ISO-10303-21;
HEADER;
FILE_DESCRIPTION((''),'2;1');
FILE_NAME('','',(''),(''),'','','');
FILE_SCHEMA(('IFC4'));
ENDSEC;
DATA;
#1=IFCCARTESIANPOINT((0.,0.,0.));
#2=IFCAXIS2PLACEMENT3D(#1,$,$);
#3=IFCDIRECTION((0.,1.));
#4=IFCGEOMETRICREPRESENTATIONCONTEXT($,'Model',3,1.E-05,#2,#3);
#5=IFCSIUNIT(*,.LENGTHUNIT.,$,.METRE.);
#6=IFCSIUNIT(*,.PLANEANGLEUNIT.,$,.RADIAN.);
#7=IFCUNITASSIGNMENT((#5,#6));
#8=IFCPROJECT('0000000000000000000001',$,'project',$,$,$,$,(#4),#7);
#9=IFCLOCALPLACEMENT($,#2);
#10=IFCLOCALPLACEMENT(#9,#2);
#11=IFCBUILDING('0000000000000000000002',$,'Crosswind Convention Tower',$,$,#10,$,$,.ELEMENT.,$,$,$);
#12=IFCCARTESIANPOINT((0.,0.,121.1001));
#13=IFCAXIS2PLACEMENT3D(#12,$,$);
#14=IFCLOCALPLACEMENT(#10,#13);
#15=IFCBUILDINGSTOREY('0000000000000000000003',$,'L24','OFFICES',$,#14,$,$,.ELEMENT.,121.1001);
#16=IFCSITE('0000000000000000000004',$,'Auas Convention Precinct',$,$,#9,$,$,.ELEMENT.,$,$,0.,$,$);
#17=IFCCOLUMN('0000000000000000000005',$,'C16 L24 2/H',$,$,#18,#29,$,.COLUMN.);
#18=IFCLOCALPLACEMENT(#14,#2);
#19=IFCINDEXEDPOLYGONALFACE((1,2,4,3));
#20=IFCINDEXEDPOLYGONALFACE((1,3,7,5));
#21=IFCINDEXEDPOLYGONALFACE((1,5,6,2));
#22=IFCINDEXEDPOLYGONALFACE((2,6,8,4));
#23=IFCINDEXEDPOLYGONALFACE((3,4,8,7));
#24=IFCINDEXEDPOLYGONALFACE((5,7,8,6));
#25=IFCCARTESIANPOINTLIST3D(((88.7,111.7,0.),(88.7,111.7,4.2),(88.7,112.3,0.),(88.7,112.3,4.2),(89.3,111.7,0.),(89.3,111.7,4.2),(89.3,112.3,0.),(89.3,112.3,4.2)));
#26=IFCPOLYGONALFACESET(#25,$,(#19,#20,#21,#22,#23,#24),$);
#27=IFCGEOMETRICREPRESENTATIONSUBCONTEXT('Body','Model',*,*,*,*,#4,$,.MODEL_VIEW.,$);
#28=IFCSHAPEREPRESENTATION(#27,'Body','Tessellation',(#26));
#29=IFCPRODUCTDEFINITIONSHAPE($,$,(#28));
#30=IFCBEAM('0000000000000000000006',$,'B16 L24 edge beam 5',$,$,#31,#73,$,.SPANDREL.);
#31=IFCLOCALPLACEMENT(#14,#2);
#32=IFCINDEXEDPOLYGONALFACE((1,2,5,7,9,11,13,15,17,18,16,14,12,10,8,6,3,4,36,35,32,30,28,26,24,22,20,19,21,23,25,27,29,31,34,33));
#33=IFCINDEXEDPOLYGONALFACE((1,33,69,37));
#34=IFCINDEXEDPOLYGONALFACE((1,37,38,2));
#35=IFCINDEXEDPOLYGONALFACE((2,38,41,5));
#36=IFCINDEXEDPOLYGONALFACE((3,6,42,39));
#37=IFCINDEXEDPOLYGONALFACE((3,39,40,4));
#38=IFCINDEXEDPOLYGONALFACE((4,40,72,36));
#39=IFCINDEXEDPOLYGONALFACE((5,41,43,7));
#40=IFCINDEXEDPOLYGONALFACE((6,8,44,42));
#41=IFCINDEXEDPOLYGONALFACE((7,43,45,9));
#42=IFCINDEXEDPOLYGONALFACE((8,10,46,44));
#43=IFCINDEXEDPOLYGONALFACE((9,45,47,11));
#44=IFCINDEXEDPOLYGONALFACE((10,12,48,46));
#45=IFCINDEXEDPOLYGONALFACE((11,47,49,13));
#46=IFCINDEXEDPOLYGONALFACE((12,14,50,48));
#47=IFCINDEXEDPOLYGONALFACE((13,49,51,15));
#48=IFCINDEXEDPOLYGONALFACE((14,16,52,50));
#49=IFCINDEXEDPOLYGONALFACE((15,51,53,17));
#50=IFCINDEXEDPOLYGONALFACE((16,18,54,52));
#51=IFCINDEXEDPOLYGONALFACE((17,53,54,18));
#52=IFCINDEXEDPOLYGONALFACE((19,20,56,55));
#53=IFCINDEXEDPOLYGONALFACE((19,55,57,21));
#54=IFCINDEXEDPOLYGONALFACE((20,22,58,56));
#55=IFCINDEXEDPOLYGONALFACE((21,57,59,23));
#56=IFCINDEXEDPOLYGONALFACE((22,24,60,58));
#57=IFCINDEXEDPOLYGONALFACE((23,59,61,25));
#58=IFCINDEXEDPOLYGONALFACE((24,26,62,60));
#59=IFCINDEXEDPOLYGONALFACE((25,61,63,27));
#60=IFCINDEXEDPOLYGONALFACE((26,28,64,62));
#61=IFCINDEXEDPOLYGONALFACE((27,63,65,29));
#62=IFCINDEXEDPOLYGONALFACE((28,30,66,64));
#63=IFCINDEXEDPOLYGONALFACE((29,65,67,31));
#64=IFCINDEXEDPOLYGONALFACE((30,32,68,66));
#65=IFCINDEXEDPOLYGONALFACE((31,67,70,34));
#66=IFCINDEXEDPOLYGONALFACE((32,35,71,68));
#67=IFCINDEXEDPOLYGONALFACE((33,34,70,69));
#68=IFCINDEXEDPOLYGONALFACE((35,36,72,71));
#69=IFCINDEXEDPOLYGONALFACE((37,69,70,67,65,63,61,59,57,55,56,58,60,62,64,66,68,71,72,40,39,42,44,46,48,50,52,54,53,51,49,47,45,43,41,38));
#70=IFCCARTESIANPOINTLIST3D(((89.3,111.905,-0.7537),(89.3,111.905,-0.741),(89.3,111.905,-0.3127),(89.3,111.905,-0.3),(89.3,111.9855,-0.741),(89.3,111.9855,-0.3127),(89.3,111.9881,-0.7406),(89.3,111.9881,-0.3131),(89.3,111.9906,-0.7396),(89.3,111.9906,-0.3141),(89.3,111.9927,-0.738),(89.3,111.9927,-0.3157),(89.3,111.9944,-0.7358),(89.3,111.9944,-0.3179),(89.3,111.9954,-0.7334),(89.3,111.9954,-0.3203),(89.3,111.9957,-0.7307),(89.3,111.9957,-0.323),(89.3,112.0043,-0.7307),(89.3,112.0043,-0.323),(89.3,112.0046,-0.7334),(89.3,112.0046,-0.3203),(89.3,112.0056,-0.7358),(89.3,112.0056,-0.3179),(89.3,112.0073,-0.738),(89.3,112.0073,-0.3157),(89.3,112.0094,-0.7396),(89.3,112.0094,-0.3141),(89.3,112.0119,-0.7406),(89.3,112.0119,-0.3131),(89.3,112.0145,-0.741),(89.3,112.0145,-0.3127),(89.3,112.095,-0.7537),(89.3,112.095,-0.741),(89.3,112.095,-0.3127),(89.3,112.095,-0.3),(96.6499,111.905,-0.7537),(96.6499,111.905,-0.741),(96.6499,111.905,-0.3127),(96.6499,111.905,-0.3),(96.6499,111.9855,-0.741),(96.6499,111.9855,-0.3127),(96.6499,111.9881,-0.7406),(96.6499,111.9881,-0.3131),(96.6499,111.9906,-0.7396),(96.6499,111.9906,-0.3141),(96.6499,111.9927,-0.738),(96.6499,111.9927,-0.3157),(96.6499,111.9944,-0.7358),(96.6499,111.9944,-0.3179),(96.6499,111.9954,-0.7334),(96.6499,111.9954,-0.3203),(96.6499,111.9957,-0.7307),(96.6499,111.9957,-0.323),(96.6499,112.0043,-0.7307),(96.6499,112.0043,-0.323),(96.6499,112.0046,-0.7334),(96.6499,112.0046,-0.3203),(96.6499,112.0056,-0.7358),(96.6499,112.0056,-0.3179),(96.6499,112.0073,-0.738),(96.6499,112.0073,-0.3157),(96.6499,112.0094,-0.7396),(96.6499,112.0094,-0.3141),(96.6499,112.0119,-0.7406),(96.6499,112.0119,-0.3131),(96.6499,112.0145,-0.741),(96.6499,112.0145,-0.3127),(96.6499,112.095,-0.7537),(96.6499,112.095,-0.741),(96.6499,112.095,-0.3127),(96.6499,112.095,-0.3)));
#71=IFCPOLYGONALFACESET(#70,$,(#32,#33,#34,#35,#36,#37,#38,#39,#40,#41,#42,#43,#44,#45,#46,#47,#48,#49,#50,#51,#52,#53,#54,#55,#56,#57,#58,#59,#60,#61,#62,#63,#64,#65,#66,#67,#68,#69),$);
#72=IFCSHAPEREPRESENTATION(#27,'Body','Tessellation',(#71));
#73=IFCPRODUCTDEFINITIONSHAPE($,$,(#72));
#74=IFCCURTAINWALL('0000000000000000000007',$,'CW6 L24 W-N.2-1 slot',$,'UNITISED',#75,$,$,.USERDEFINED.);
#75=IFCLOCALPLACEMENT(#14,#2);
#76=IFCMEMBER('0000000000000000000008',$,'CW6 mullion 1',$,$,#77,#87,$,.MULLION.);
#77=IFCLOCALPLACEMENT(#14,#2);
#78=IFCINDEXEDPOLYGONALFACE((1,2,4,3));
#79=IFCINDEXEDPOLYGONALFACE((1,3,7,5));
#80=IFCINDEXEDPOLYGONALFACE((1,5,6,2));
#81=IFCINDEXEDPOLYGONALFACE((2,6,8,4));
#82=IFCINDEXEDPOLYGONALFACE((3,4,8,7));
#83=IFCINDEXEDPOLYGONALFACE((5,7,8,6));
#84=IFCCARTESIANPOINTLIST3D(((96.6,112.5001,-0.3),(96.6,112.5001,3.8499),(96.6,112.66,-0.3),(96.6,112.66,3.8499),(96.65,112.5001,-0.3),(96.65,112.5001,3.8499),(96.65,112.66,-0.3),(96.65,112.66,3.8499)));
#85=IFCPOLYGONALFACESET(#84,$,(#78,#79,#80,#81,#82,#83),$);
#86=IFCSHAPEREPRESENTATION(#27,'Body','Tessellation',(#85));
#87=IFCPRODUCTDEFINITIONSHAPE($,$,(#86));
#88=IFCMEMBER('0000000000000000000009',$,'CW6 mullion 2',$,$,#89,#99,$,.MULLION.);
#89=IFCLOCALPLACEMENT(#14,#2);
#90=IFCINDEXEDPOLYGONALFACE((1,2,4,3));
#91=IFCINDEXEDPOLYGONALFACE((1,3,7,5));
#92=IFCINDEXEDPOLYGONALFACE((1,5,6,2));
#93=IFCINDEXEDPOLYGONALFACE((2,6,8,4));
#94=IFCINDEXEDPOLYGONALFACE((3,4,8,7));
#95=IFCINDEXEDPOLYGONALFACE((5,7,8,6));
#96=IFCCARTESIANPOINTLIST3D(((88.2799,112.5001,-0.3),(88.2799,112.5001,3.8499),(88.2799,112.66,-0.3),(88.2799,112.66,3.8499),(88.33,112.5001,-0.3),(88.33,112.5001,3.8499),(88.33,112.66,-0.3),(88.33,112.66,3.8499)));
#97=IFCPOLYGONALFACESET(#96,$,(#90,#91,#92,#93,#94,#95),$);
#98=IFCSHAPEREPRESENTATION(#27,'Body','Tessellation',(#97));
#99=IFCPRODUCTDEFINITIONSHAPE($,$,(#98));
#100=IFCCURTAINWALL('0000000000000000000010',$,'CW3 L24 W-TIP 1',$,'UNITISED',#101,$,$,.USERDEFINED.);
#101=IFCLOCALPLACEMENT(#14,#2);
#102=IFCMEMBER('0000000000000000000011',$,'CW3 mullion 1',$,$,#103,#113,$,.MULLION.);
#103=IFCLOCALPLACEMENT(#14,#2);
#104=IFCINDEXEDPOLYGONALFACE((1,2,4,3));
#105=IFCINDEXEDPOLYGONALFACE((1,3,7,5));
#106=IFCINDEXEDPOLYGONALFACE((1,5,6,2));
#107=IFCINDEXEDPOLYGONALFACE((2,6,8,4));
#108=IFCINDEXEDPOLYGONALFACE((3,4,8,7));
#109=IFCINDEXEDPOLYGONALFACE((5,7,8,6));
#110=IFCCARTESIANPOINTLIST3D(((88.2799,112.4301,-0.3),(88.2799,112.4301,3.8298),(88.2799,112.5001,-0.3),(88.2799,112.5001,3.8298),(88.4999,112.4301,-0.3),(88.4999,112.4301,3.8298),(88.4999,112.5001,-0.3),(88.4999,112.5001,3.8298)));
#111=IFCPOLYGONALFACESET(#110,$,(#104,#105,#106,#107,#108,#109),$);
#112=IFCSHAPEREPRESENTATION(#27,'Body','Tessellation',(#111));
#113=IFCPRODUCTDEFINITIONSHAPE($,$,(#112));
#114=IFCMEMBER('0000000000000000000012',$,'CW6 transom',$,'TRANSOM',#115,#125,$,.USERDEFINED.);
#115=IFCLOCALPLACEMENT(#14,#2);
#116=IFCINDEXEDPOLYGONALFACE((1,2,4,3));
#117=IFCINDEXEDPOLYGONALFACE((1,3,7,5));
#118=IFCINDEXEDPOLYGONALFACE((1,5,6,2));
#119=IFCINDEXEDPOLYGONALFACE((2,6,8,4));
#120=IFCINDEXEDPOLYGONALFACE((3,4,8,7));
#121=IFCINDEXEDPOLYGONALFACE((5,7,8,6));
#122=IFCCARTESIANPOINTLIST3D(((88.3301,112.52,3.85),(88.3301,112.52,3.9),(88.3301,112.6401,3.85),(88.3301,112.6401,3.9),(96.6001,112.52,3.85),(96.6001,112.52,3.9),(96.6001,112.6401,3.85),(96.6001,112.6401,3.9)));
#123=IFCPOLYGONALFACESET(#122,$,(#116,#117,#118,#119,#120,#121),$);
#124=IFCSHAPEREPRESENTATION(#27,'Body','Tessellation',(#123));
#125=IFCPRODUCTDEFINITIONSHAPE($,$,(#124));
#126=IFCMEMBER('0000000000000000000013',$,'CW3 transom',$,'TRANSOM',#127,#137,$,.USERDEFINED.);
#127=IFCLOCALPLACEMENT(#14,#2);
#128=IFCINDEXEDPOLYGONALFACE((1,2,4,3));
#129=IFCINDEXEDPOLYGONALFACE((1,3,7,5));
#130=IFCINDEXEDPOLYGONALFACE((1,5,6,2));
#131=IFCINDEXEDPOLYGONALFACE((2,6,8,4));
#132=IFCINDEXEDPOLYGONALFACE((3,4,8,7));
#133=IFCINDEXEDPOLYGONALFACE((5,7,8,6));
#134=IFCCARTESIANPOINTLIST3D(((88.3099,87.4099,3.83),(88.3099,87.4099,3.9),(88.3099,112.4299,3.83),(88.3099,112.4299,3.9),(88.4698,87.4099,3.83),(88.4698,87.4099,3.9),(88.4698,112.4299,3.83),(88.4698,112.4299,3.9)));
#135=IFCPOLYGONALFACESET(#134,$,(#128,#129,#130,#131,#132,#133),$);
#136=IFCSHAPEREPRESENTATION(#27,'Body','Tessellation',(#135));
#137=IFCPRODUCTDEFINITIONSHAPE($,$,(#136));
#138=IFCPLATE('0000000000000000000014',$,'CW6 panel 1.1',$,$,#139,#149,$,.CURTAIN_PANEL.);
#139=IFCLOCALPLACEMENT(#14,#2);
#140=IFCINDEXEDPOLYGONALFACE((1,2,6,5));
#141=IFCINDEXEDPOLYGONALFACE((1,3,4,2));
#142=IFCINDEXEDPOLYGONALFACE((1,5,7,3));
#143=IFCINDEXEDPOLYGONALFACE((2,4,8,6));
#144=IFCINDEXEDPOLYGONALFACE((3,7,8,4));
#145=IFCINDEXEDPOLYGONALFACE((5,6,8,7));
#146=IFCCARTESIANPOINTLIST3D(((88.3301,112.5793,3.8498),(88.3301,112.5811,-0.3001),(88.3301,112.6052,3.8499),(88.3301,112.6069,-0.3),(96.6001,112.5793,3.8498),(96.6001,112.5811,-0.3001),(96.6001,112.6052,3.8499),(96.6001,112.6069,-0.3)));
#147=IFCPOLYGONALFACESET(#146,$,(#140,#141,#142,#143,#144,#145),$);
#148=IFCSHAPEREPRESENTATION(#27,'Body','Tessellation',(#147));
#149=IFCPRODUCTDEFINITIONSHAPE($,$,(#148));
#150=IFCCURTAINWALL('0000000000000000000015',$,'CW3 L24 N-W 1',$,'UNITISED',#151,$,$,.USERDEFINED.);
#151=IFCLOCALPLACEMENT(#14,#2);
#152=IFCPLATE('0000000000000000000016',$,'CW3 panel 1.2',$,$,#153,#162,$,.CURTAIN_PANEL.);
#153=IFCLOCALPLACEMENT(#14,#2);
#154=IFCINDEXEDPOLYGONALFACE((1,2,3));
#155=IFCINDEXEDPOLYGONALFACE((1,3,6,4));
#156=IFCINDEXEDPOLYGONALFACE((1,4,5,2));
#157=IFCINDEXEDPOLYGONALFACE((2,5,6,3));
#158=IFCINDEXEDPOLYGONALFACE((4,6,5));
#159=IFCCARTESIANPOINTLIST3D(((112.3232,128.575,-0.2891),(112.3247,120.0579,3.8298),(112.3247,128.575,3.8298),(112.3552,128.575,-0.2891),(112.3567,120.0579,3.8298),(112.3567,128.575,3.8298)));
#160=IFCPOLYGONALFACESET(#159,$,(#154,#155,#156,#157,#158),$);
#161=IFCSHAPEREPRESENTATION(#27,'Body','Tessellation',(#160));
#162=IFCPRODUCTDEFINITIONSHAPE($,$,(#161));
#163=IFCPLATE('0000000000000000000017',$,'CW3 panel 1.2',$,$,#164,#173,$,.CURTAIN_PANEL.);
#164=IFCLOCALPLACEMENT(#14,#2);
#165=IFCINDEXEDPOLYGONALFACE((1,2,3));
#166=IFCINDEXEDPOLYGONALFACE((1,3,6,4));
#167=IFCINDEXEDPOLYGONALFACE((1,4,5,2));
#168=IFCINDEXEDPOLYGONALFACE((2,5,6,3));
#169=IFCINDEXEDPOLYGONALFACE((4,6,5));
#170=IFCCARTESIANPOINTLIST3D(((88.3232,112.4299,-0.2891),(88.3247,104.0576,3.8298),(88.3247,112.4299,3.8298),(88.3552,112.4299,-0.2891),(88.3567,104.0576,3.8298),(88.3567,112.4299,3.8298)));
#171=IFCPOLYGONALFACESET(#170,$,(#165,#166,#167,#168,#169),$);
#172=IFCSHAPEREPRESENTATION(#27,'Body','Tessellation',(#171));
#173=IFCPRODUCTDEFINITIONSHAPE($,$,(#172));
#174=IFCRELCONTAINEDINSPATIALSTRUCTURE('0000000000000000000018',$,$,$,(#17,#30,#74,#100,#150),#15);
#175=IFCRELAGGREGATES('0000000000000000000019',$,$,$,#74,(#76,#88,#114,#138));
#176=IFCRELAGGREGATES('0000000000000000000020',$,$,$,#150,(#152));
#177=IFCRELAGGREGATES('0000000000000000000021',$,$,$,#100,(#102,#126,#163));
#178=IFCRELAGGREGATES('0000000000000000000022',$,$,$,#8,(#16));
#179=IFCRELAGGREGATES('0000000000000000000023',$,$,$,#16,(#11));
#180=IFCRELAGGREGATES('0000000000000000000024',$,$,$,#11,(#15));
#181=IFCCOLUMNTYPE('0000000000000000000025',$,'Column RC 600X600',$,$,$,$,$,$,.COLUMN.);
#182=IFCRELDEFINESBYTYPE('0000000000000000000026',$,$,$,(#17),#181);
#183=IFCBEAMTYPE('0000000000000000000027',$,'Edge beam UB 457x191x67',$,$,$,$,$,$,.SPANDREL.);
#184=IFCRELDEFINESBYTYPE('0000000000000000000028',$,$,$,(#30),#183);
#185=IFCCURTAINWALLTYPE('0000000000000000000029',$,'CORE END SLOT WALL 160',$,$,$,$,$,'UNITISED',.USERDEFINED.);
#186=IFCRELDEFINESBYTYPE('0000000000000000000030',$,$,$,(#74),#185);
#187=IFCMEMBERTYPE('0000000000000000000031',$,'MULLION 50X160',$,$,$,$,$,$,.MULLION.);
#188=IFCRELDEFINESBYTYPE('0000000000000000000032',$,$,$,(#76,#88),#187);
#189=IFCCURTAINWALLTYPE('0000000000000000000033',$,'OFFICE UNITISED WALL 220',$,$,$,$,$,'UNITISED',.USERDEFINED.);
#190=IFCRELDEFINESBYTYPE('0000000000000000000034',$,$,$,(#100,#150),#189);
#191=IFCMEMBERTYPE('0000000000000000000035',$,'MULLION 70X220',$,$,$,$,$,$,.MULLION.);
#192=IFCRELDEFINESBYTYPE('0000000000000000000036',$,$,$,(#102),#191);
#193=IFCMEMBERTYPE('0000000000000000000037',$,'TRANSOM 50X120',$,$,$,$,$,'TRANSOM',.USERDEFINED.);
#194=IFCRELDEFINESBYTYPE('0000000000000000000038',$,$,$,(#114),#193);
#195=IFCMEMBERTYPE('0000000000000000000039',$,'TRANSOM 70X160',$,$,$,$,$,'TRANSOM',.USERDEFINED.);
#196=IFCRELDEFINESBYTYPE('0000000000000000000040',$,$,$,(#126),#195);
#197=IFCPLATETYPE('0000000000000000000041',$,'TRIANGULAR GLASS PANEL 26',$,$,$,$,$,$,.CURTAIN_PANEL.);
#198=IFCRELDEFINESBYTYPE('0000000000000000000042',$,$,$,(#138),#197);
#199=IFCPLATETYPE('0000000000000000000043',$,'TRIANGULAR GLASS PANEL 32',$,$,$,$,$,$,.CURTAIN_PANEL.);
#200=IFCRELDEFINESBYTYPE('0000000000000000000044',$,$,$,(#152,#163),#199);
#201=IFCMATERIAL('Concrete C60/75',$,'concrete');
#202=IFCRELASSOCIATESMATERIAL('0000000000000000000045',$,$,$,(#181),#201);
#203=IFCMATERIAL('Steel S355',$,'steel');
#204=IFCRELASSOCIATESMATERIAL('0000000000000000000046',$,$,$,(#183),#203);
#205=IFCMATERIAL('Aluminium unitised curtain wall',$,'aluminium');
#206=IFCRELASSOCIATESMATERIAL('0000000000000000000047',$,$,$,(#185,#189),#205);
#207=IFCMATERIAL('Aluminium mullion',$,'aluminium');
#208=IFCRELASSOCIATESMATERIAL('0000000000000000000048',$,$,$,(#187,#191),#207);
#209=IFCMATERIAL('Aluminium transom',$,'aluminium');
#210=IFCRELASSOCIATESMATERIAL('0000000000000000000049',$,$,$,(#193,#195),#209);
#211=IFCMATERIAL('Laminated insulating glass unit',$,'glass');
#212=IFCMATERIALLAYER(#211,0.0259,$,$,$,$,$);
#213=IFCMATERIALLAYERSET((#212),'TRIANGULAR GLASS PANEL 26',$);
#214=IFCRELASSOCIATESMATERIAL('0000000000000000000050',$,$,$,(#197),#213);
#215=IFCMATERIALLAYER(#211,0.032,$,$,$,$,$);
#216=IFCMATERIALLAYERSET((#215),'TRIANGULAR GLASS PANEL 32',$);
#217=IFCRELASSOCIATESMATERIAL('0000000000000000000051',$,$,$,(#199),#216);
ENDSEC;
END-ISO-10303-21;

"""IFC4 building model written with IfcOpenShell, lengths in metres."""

from ifc_helpers import new_model, si_unit, direction, frame, origin, origin_2d, place, context, subcontext, project, spatial, polyline, rectangle, i_section, outline, extrude, material, layer, layer_set, material_profile, profile_set, type_object, element, aggregate, save


model = new_model("IFC4")

# Units and contexts
model_context = context("Model", 3, precision=1e-05, world=origin(), true_north=direction((0.0, 1.0)))
body_context = subcontext(model_context, "Body", "Model", "MODEL_VIEW")
ifc_project = project(units=[si_unit("LENGTHUNIT", "METRE"), si_unit("PLANEANGLEUNIT", "RADIAN")], contexts=[model_context])

# Site, building, storey
site_placement = place(None, origin())
site = spatial("IfcSite", under=ifc_project, at=site_placement, Name="Auas Convention Precinct", CompositionType="ELEMENT", RefElevation=0.0)
building_placement = place(site_placement, origin())
building = spatial("IfcBuilding", under=site, at=building_placement, Name="Crosswind Convention Tower", CompositionType="ELEMENT")
storey_placement = place(building_placement, frame((0.0, 0.0, 121.1001)))
storey = spatial("IfcBuildingStorey", under=building, at=storey_placement, Name="L24", Description="OFFICES", CompositionType="ELEMENT", Elevation=121.1001)

# Column
ifc_material_1 = material(Name="Concrete C60/75", Category="concrete")
ifc_material_profile_1 = material_profile(ifc_material_1, rectangle(XDim=0.6001, YDim=0.6001, at=origin_2d()), Name="RC 600X600")
ifc_profile_set_1 = profile_set([ifc_material_profile_1], Name="Concrete C60/75")
column_type = type_object("IfcColumnType", Name="Column RC 600X600", PredefinedType="COLUMN", material=ifc_profile_set_1)
column_placement = place(storey_placement, frame((89.0, 112.0, 0.0), z_axis=(0.0, 0.0, 1.0), x_axis=(1.0, 0.0, 0.0)))
element("IfcColumn", 1, at=column_placement, inside=storey, type_object=column_type, Name="C16 L24 2/H", PredefinedType="COLUMN", context=body_context, shape_type="SweptSolid", body=[
    extrude(rectangle(XDim=0.6001, YDim=0.6001, at=origin_2d()), origin(), (0.0, 0.0, 1.0), 4.2),
])

# Beam
ifc_material_2 = material(Name="Steel S355", Category="steel")
ifc_material_profile_2 = material_profile(ifc_material_2, i_section(OverallWidth=0.1899, OverallDepth=0.4536, WebThickness=0.0085, FlangeThickness=0.0127, FilletRadius=0.0103, at=origin_2d()), Name="UB 457x191x67")
ifc_profile_set_2 = profile_set([ifc_material_profile_2], Name="Steel S355")
beam_type = type_object("IfcBeamType", Name="Edge beam UB 457x191x67", PredefinedType="SPANDREL", material=ifc_profile_set_2)
beam_placement = place(storey_placement, frame((89.3, 112.0, -0.5269), z_axis=(1.0, 0.0, 0.0), x_axis=(0.0, 1.0, 0.0)))
element("IfcBeam", 2, at=beam_placement, inside=storey, type_object=beam_type, Name="B16 L24 edge beam 5", PredefinedType="SPANDREL", context=body_context, shape_type="SweptSolid", body=[
    extrude(i_section(OverallWidth=0.1899, OverallDepth=0.4536, WebThickness=0.0085, FlangeThickness=0.0127, FilletRadius=0.0103, at=origin_2d()), origin(), (0.0, 0.0, 1.0), 7.3499),
])

# Curtain wall, members
ifc_material_3 = material(Name="Aluminium unitised curtain wall", Category="aluminium")
curtain_wall_type_1 = type_object("IfcCurtainWallType", Name="CORE END SLOT WALL 160", ElementType="UNITISED", PredefinedType="USERDEFINED", material=ifc_material_3)
curtain_wall_1_placement = place(storey_placement, origin())
curtain_wall_1 = element("IfcCurtainWall", 3, at=curtain_wall_1_placement, inside=storey, type_object=curtain_wall_type_1, Name="CW6 L24 W-N.2-1 slot", ObjectType="UNITISED", PredefinedType="USERDEFINED")
ifc_material_4 = material(Name="Aluminium mullion", Category="aluminium")
ifc_material_profile_3 = material_profile(ifc_material_4, rectangle(XDim=0.1599, YDim=0.05, at=origin_2d()), Name="AL 160X50")
ifc_profile_set_3 = profile_set([ifc_material_profile_3], Name="Aluminium mullion")
member_type_1 = type_object("IfcMemberType", Name="MULLION 50X160", PredefinedType="MULLION", material=ifc_profile_set_3)
member_1_placement = place(storey_placement, frame((96.625, 112.5801, -0.3), z_axis=(0.0, 0.0, 1.0), x_axis=(0.0, 1.0, 0.0)))
member_1 = element("IfcMember", 4, at=member_1_placement, type_object=member_type_1, Name="CW6 mullion 1", PredefinedType="MULLION", context=body_context, shape_type="SweptSolid", body=[
    extrude(rectangle(XDim=0.1599, YDim=0.05, at=origin_2d()), origin(), (0.0, 0.0, 1.0), 4.1499),
])
member_2_placement = place(storey_placement, frame((88.3049, 112.5801, -0.3), z_axis=(0.0, 0.0, 1.0), x_axis=(0.0, 1.0, 0.0)))
member_2 = element("IfcMember", 5, at=member_2_placement, type_object=member_type_1, Name="CW6 mullion 2", PredefinedType="MULLION", context=body_context, shape_type="SweptSolid", body=[
    extrude(rectangle(XDim=0.1599, YDim=0.05, at=origin_2d()), origin(), (0.0, 0.0, 1.0), 4.1499),
])

# Curtain wall, member
curtain_wall_type_2 = type_object("IfcCurtainWallType", Name="OFFICE UNITISED WALL 220", ElementType="UNITISED", PredefinedType="USERDEFINED", material=ifc_material_3)
curtain_wall_2_placement = place(storey_placement, origin())
curtain_wall_2 = element("IfcCurtainWall", 6, at=curtain_wall_2_placement, inside=storey, type_object=curtain_wall_type_2, Name="CW3 L24 W-TIP 1", ObjectType="UNITISED", PredefinedType="USERDEFINED")
ifc_material_profile_4 = material_profile(ifc_material_4, rectangle(XDim=0.22, YDim=0.0701, at=origin_2d()), Name="AL 220X70")
ifc_profile_set_4 = profile_set([ifc_material_profile_4], Name="Aluminium mullion")
member_type_2 = type_object("IfcMemberType", Name="MULLION 70X220", PredefinedType="MULLION", material=ifc_profile_set_4)
member_3_placement = place(storey_placement, frame((88.3899, 112.4651, -0.3), z_axis=(0.0, 0.0, 1.0), x_axis=(-1.0, 0.0, 0.0)))
member_3 = element("IfcMember", 7, at=member_3_placement, type_object=member_type_2, Name="CW3 mullion 1", PredefinedType="MULLION", context=body_context, shape_type="SweptSolid", body=[
    extrude(rectangle(XDim=0.22, YDim=0.0701, at=origin_2d()), origin(), (0.0, 0.0, 1.0), 4.1299),
])

# Members
ifc_material_5 = material(Name="Aluminium transom", Category="aluminium")
ifc_material_profile_5 = material_profile(ifc_material_5, rectangle(XDim=0.1201, YDim=0.05, at=origin_2d()), Name="AL 120X50")
ifc_profile_set_5 = profile_set([ifc_material_profile_5], Name="Aluminium transom")
member_type_3 = type_object("IfcMemberType", Name="TRANSOM 50X120", ElementType="TRANSOM", PredefinedType="USERDEFINED", material=ifc_profile_set_5)
member_4_placement = place(storey_placement, frame((96.6001, 112.5801, 3.875), z_axis=(-1.0, 0.0, 0.0), x_axis=(0.0, -1.0, 0.0)))
member_4 = element("IfcMember", 8, at=member_4_placement, type_object=member_type_3, Name="CW6 transom", ObjectType="TRANSOM", PredefinedType="USERDEFINED", context=body_context, shape_type="SweptSolid", body=[
    extrude(rectangle(XDim=0.1201, YDim=0.05, at=origin_2d()), origin(), (0.0, 0.0, 1.0), 8.27),
])
ifc_material_profile_6 = material_profile(ifc_material_5, rectangle(XDim=0.1599, YDim=0.0701, at=origin_2d()), Name="AL 160X70")
ifc_profile_set_6 = profile_set([ifc_material_profile_6], Name="Aluminium transom")
member_type_4 = type_object("IfcMemberType", Name="TRANSOM 70X160", ElementType="TRANSOM", PredefinedType="USERDEFINED", material=ifc_profile_set_6)
member_5_placement = place(storey_placement, frame((88.3899, 112.4299, 3.865), z_axis=(0.0, -1.0, 0.0), x_axis=(1.0, 0.0, 0.0)))
member_5 = element("IfcMember", 9, at=member_5_placement, type_object=member_type_4, Name="CW3 transom", ObjectType="TRANSOM", PredefinedType="USERDEFINED", context=body_context, shape_type="SweptSolid", body=[
    extrude(rectangle(XDim=0.1599, YDim=0.0701, at=origin_2d()), origin(), (0.0, 0.0, 1.0), 25.02),
])

# Plate
ifc_material_6 = material(Name="Laminated insulating glass unit", Category="glass")
ifc_layer_1 = layer(ifc_material_6, 0.0259)
ifc_layer_set_1 = layer_set([ifc_layer_1], Name="TRIANGULAR GLASS PANEL 26")
plate_type_1 = type_object("IfcPlateType", Name="TRIANGULAR GLASS PANEL 26", PredefinedType="CURTAIN_PANEL", material=ifc_layer_set_1)
plate_1_placement = place(storey_placement, frame((96.6001, 112.6069, -0.3), z_axis=(0.0, 1.0, 0.000412), x_axis=(-1.0, 0.0, 0.0)))
plate_1 = element("IfcPlate", 10, at=plate_1_placement, type_object=plate_type_1, Name="CW6 panel 1.1", PredefinedType="CURTAIN_PANEL", context=body_context, shape_type="SweptSolid", body=[
    extrude(outline(polyline([(0.0, 0.0), (8.27, 0.0), (8.27, 4.1499), (0.0, 4.1499), (0.0, 0.0)])), origin(), (0.0, 0.0, -1.0), 0.0259),
])
aggregate(curtain_wall_1, [member_1, member_2, member_4, plate_1])

# Curtain wall, plate
curtain_wall_3_placement = place(storey_placement, origin())
curtain_wall_3 = element("IfcCurtainWall", 11, at=curtain_wall_3_placement, inside=storey, type_object=curtain_wall_type_2, Name="CW3 L24 N-W 1", ObjectType="UNITISED", PredefinedType="USERDEFINED")
ifc_layer_2 = layer(ifc_material_6, 0.032)
ifc_layer_set_2 = layer_set([ifc_layer_2], Name="TRIANGULAR GLASS PANEL 32")
plate_type_2 = type_object("IfcPlateType", Name="TRIANGULAR GLASS PANEL 32", PredefinedType="CURTAIN_PANEL", material=ifc_layer_set_2)
plate_2_placement = place(storey_placement, frame((112.3247, 128.575, 3.8298), z_axis=(-1.0, 0.0, 0.000356), x_axis=(-0.000356, 0.0, -1.0)))
plate_2 = element("IfcPlate", 12, at=plate_2_placement, type_object=plate_type_2, Name="CW3 panel 1.2", PredefinedType="CURTAIN_PANEL", context=body_context, shape_type="SweptSolid", body=[
    extrude(outline(polyline([(0.0, 0.0), (4.1189, 0.0), (0.0, 8.5171), (0.0, 0.0)])), origin(), (0.0, 0.0, -1.0), 0.032),
])

# Plate
plate_3_placement = place(storey_placement, frame((88.3247, 112.4299, 3.8298), z_axis=(-1.0, 0.0, 0.000356), x_axis=(-0.000356, 0.0, -1.0)))
plate_3 = element("IfcPlate", 13, at=plate_3_placement, type_object=plate_type_2, Name="CW3 panel 1.2", PredefinedType="CURTAIN_PANEL", context=body_context, shape_type="SweptSolid", body=[
    extrude(outline(polyline([(0.0, 0.0), (4.1189, 0.0), (0.0, 8.3723), (0.0, 0.0)])), origin(), (0.0, 0.0, -1.0), 0.032),
])

aggregate(curtain_wall_3, [plate_2])
aggregate(curtain_wall_2, [member_3, member_5, plate_3])

save(model, "model.ifc")
